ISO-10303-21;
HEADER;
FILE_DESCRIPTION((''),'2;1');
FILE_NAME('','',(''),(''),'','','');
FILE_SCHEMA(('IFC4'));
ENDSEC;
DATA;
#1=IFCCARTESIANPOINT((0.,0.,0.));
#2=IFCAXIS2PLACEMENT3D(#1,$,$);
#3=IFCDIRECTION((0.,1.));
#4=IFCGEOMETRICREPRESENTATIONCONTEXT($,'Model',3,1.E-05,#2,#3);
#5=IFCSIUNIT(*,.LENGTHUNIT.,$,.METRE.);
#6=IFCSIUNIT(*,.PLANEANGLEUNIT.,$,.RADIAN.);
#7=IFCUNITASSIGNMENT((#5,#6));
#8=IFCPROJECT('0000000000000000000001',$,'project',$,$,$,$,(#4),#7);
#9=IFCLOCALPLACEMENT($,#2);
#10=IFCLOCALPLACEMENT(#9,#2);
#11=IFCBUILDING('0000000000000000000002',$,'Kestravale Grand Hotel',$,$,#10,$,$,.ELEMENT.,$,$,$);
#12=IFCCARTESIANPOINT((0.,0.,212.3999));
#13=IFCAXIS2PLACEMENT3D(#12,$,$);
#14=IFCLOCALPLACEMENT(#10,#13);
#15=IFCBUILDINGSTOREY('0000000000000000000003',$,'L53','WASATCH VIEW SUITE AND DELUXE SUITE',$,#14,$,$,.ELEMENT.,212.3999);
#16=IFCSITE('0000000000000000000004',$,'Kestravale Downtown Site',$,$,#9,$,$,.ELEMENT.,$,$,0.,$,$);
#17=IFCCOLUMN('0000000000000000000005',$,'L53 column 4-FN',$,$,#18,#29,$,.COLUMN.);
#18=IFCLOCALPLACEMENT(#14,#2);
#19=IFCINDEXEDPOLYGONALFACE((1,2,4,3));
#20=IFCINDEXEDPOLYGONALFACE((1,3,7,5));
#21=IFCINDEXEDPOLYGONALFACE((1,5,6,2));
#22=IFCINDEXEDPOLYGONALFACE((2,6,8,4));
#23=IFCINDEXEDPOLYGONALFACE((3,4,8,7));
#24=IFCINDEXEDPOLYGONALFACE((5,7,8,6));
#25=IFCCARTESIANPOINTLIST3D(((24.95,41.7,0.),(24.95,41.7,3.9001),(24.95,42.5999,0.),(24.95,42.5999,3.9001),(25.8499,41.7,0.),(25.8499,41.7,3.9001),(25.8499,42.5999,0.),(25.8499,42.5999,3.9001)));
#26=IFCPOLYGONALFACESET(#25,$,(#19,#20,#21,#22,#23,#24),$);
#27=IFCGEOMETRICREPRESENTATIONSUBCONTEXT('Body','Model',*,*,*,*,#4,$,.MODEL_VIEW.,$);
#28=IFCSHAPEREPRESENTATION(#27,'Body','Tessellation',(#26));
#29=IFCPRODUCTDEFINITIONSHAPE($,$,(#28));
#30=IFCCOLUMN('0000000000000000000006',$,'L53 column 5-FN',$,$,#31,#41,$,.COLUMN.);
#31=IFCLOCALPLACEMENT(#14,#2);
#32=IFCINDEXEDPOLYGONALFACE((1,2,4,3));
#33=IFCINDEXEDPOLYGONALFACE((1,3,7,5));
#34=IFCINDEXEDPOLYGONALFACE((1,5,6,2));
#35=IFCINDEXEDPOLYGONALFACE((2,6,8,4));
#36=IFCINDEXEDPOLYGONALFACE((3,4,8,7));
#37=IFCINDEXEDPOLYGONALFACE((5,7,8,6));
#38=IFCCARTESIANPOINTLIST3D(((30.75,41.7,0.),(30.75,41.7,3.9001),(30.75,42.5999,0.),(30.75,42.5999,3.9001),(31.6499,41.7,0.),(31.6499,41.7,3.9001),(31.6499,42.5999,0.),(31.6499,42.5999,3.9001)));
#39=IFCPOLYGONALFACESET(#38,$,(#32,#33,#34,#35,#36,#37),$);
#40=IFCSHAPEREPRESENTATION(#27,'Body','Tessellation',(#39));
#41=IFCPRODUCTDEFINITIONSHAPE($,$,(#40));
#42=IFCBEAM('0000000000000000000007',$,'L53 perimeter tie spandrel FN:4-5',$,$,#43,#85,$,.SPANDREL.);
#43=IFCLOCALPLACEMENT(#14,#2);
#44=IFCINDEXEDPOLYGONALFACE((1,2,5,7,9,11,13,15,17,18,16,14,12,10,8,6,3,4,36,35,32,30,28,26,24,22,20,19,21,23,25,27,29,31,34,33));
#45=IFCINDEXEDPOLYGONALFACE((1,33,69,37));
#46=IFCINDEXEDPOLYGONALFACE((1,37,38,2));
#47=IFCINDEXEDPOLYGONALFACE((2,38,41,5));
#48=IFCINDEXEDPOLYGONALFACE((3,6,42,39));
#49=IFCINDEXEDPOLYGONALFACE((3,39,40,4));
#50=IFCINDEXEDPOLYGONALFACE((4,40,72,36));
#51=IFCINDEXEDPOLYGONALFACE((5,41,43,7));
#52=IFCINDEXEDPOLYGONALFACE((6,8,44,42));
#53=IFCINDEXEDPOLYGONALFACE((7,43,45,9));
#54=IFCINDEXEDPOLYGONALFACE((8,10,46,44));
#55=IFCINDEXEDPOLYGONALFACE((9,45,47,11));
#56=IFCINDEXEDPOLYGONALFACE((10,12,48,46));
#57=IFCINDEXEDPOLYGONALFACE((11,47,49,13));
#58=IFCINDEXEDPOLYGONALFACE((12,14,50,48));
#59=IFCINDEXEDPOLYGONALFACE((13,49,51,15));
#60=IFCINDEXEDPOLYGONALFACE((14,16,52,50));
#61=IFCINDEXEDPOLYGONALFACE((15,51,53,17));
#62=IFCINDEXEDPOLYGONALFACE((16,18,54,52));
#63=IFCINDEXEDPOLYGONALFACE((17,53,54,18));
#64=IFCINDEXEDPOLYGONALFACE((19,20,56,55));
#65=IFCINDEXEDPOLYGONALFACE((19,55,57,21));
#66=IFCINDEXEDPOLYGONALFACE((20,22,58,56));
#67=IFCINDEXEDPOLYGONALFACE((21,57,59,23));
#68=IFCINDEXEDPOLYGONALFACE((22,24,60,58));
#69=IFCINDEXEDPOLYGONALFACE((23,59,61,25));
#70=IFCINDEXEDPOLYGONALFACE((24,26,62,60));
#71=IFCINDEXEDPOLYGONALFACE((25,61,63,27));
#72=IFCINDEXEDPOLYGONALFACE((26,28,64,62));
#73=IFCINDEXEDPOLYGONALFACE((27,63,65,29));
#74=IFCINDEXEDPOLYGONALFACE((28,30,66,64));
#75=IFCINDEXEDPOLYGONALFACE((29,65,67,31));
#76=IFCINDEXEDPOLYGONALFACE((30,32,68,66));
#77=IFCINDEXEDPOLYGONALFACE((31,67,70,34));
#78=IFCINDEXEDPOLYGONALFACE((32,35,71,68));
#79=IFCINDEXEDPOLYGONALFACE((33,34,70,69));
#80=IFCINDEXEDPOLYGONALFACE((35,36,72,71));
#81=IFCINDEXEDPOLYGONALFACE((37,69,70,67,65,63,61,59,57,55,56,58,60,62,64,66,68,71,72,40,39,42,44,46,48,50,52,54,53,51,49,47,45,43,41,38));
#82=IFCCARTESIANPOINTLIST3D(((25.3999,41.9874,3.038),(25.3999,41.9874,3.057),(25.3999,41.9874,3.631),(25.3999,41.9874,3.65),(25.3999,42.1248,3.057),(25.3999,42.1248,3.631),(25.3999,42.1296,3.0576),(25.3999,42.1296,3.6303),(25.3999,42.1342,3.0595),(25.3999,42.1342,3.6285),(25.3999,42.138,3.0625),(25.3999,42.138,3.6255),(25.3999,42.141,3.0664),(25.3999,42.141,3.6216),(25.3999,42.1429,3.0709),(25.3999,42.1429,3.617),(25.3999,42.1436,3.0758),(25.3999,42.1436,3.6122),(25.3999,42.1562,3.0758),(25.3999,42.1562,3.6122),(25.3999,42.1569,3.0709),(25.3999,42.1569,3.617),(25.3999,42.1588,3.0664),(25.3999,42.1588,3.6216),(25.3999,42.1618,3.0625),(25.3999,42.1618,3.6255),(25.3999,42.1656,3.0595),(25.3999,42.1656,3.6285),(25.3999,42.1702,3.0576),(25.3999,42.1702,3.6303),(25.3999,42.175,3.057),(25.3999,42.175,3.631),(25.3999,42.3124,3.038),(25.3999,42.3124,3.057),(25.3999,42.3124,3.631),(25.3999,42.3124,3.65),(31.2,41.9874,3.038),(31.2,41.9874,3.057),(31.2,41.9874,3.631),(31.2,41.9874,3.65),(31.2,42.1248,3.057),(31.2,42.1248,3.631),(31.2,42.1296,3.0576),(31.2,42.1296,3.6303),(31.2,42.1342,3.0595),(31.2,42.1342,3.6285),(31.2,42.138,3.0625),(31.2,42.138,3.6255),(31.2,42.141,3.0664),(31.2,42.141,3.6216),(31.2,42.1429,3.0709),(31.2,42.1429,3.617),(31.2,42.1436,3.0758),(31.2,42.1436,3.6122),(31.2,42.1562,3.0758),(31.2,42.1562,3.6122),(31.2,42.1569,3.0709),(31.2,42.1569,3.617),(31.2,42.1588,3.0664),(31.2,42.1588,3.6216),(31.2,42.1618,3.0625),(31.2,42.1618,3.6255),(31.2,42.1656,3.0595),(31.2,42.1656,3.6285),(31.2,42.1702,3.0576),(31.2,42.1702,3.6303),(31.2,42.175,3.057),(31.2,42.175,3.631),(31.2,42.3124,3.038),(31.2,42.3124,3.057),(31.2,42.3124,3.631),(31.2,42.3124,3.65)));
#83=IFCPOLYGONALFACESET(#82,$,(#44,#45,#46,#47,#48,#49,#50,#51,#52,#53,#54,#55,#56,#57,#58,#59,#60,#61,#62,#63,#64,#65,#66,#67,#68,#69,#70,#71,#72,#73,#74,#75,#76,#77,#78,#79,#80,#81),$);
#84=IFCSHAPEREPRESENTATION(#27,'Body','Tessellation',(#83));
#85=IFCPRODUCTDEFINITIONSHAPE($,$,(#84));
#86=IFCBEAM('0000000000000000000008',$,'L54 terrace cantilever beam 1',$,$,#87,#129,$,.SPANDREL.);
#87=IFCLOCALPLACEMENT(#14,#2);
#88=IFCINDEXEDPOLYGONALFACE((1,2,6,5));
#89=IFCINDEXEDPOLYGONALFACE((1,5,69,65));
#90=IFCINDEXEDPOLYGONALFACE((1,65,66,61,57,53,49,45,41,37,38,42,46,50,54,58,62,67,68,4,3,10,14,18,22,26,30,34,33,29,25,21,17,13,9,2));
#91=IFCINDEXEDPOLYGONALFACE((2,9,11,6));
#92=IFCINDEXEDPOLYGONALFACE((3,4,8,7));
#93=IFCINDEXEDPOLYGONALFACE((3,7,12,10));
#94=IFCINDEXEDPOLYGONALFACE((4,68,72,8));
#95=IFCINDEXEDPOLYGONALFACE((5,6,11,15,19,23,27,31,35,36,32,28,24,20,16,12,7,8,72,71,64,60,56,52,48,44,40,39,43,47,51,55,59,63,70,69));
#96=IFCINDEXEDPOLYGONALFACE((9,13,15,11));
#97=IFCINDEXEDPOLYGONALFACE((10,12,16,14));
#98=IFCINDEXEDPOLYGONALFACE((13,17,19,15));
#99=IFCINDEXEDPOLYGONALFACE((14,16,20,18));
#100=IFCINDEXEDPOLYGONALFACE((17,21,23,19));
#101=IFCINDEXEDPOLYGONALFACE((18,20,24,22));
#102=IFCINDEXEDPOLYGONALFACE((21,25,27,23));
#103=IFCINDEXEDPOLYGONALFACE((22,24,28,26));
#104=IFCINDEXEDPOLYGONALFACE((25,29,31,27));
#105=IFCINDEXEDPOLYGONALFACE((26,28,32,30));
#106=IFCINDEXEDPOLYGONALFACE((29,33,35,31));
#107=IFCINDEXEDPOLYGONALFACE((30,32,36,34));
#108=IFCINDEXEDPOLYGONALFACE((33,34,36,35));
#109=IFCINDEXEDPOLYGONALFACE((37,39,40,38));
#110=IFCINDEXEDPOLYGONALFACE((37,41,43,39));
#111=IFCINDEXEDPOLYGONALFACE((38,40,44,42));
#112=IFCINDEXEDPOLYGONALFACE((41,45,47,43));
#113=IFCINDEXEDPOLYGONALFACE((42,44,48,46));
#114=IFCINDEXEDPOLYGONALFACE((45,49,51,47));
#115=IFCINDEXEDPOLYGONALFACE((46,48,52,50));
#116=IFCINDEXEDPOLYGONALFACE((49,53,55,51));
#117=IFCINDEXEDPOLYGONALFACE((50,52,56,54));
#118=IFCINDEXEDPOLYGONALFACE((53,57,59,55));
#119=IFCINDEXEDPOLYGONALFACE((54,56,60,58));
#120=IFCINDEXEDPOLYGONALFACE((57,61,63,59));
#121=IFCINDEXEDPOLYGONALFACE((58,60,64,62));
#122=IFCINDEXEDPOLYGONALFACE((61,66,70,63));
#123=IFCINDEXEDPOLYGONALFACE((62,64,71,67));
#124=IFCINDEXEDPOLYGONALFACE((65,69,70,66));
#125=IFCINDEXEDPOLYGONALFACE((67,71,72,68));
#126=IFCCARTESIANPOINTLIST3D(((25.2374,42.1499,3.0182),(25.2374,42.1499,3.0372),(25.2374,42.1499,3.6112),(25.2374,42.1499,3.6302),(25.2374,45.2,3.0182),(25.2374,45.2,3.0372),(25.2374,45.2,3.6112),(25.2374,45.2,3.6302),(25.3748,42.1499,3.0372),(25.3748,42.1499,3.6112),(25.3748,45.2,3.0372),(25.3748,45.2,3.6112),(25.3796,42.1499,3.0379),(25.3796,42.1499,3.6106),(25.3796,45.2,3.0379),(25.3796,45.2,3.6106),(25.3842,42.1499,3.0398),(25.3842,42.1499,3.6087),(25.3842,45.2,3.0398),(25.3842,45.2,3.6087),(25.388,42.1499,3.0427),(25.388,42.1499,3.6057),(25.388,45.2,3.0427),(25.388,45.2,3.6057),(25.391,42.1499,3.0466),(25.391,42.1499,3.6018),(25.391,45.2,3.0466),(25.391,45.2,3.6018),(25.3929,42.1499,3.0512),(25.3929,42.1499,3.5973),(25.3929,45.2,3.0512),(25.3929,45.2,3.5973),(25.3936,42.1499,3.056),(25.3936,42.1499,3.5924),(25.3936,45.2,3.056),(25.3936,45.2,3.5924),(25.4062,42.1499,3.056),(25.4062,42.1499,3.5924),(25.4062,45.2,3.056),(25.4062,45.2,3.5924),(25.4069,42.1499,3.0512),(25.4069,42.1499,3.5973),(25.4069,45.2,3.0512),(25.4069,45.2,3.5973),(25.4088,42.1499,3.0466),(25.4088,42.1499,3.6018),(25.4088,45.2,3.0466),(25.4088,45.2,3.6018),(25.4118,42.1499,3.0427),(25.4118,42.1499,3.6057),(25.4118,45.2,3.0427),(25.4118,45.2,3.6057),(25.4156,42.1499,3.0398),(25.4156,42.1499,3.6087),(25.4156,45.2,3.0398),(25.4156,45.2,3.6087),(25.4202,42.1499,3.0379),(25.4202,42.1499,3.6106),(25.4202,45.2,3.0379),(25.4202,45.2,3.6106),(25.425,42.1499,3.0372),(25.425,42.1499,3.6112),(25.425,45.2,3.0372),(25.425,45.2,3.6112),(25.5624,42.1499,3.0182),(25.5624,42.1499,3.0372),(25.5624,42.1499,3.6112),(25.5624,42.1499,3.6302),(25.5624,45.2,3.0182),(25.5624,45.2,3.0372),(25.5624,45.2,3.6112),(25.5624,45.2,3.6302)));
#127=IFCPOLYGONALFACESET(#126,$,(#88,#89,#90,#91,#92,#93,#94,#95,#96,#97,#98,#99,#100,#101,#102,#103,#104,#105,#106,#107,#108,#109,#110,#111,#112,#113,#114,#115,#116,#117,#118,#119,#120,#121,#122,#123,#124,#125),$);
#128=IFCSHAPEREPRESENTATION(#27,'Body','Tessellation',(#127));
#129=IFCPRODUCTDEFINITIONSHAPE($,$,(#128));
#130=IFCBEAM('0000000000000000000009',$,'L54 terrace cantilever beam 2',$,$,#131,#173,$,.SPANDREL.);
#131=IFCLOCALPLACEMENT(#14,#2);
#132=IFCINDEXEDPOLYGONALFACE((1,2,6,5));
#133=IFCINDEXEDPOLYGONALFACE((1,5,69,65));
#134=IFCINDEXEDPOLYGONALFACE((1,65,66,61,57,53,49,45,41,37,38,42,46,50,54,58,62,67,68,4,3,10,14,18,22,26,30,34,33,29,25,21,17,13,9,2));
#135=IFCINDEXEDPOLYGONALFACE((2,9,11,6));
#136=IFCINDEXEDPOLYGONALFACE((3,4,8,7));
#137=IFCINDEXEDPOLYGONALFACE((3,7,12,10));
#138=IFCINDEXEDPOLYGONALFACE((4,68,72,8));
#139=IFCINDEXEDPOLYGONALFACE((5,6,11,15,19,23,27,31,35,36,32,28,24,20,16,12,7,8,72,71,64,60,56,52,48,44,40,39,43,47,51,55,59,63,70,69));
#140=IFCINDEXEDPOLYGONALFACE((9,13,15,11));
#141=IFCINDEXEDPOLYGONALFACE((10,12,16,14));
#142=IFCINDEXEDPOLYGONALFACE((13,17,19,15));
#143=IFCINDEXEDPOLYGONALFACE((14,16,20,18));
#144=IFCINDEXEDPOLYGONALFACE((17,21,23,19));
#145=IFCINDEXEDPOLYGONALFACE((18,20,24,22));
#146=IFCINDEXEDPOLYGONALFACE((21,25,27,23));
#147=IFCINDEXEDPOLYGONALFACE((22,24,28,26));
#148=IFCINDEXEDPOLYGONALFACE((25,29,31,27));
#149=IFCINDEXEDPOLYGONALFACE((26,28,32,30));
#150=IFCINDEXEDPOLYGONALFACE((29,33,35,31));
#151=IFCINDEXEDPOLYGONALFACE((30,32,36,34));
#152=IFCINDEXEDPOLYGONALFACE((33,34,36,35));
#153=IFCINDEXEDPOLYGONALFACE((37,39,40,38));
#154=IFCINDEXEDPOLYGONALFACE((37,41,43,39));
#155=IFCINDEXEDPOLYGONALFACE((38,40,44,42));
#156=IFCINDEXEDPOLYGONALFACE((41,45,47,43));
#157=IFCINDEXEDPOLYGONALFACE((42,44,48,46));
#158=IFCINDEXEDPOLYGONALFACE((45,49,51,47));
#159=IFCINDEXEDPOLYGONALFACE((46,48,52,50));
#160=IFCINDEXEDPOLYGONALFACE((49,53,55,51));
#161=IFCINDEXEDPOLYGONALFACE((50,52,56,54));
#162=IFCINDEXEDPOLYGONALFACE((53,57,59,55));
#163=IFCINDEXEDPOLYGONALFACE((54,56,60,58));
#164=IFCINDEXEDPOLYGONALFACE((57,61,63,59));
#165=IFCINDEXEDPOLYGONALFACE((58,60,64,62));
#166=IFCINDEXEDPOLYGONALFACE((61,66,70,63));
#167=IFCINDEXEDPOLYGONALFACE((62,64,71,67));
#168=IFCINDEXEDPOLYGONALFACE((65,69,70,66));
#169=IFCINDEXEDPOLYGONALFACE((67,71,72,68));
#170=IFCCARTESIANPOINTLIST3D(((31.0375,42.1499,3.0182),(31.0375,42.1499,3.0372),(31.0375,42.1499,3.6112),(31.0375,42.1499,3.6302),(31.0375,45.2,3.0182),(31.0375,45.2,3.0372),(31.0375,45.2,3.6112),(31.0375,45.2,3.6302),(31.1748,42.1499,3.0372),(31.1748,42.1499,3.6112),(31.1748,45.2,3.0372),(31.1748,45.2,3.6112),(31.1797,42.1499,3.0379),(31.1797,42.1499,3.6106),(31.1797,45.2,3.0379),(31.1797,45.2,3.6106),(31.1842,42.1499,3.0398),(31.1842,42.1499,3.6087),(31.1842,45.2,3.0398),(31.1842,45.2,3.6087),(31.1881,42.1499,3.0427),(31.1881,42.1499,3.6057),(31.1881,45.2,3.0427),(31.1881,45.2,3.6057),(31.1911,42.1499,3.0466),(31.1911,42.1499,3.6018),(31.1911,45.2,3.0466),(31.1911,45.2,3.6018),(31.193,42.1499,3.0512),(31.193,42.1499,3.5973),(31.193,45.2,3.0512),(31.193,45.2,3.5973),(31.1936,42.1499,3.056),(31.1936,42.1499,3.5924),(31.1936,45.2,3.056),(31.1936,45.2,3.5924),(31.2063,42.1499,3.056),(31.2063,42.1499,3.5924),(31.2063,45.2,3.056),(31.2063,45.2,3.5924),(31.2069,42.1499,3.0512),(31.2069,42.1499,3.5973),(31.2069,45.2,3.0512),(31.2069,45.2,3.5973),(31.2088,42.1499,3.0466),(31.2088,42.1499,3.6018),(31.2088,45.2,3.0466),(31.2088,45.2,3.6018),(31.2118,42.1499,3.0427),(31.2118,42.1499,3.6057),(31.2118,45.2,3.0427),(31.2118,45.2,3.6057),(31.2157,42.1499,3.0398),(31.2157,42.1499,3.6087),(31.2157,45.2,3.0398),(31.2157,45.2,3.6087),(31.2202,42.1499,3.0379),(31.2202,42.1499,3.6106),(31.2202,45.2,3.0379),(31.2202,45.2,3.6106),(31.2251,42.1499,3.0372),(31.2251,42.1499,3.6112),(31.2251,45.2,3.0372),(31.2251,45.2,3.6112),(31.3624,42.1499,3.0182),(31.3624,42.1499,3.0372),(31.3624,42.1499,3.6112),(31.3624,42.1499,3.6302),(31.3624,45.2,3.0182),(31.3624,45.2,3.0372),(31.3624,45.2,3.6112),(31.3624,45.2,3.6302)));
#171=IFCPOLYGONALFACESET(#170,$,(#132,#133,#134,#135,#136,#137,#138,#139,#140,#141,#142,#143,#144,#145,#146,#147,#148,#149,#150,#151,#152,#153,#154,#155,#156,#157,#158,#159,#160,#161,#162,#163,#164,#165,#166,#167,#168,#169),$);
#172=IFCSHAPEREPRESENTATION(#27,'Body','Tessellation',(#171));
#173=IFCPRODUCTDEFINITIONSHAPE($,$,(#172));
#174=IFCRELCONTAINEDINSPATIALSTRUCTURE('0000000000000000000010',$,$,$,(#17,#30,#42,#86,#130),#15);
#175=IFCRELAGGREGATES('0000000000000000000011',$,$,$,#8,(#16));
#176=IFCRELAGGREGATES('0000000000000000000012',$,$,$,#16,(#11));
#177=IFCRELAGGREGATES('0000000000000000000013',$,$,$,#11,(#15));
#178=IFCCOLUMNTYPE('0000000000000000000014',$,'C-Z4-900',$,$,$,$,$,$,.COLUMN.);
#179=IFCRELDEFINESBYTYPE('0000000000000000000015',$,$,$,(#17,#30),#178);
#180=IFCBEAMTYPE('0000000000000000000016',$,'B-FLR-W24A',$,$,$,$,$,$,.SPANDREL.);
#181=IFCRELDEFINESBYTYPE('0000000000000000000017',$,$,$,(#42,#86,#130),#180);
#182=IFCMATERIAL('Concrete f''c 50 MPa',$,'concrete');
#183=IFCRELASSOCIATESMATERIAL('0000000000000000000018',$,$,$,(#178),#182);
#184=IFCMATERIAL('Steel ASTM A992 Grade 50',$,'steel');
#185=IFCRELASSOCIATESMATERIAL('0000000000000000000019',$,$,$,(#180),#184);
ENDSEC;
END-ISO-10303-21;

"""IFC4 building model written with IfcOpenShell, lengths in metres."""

from ifc_helpers import new_model, si_unit, direction, frame, origin, origin_2d, place, context, subcontext, project, spatial, rectangle, i_section, extrude, material, material_profile, profile_set, type_object, element, save


model = new_model("IFC4")

# Units and contexts
model_context = context("Model", 3, precision=1e-05, world=origin(), true_north=direction((0.0, 1.0)))
body_context = subcontext(model_context, "Body", "Model", "MODEL_VIEW")
ifc_project = project(units=[si_unit("LENGTHUNIT", "METRE"), si_unit("PLANEANGLEUNIT", "RADIAN")], contexts=[model_context])

# Site, building, storey
site_placement = place(None, origin())
site = spatial("IfcSite", under=ifc_project, at=site_placement, Name="Kestravale Downtown Site", CompositionType="ELEMENT", RefElevation=0.0)
building_placement = place(site_placement, origin())
building = spatial("IfcBuilding", under=site, at=building_placement, Name="Kestravale Grand Hotel", CompositionType="ELEMENT")
storey_placement = place(building_placement, frame((0.0, 0.0, 212.3999)))
storey = spatial("IfcBuildingStorey", under=building, at=storey_placement, Name="L53", Description="WASATCH VIEW SUITE AND DELUXE SUITE", CompositionType="ELEMENT", Elevation=212.3999)

# Columns
ifc_material_1 = material(Name="Concrete f'c 50 MPa", Category="concrete")
ifc_material_profile_1 = material_profile(ifc_material_1, rectangle(XDim=0.8999, YDim=0.8999, at=origin_2d()))
ifc_profile_set_1 = profile_set([ifc_material_profile_1], Name="Concrete f'c 50 MPa")
column_type = type_object("IfcColumnType", Name="C-Z4-900", PredefinedType="COLUMN", material=ifc_profile_set_1)
for number, where, z_axis, x_axis, name in (
    (1, (25.3999, 42.1499, 0.0), (0.0, 0.0, 1.0), (1.0, 0.0, 0.0), "L53 column 4-FN"),
    (2, (31.2, 42.1499, 0.0), (0.0, 0.0, 1.0), (1.0, 0.0, 0.0), "L53 column 5-FN"),
):
    element("IfcColumn", number, at=place(storey_placement, frame(where, z_axis=z_axis, x_axis=x_axis)), inside=storey, type_object=column_type, Name=name, PredefinedType="COLUMN", context=body_context, shape_type="SweptSolid", body=[
        extrude(rectangle(XDim=0.8999, YDim=0.8999, at=origin_2d()), origin(), (0.0, 0.0, 1.0), 3.9001),
    ])

# Beams
ifc_material_2 = material(Name="Steel ASTM A992 Grade 50", Category="steel")
ifc_material_profile_2 = material_profile(ifc_material_2, i_section(OverallWidth=0.325, OverallDepth=0.6121, WebThickness=0.0127, FlangeThickness=0.019, FilletRadius=0.0188, at=origin_2d()))
ifc_profile_set_2 = profile_set([ifc_material_profile_2], Name="Steel ASTM A992 Grade 50")
beam_type_1 = type_object("IfcBeamType", Name="B-FLR-W24A", PredefinedType="SPANDREL", material=ifc_profile_set_2)
beam_1_placement = place(storey_placement, frame((25.3999, 42.1499, 3.344), z_axis=(1.0, 0.0, 0.0), x_axis=(0.0, 1.0, 0.0)))
element("IfcBeam", 3, at=beam_1_placement, inside=storey, type_object=beam_type_1, Name="L53 perimeter tie spandrel FN:4-5", PredefinedType="SPANDREL", context=body_context, shape_type="SweptSolid", body=[
    extrude(i_section(OverallWidth=0.325, OverallDepth=0.6121, WebThickness=0.0127, FlangeThickness=0.019, FilletRadius=0.0188, at=origin_2d()), origin(), (0.0, 0.0, 1.0), 5.8),
])
for number, where, z_axis, x_axis, name in (
    (4, (25.3999, 42.1499, 3.3242), (0.0, 1.0, 0.0), (-1.0, 0.0, 0.0), "L54 terrace cantilever beam 1"),
    (5, (31.2, 42.1499, 3.3242), (0.0, 1.0, 0.0), (-1.0, 0.0, 0.0), "L54 terrace cantilever beam 2"),
):
    element("IfcBeam", number, at=place(storey_placement, frame(where, z_axis=z_axis, x_axis=x_axis)), inside=storey, type_object=beam_type_1, Name=name, PredefinedType="SPANDREL", context=body_context, shape_type="SweptSolid", body=[
        extrude(i_section(OverallWidth=0.325, OverallDepth=0.6121, WebThickness=0.0127, FlangeThickness=0.019, FilletRadius=0.0188, at=origin_2d()), origin(), (0.0, 0.0, 1.0), 3.05),
    ])

save(model, "model.ifc")
